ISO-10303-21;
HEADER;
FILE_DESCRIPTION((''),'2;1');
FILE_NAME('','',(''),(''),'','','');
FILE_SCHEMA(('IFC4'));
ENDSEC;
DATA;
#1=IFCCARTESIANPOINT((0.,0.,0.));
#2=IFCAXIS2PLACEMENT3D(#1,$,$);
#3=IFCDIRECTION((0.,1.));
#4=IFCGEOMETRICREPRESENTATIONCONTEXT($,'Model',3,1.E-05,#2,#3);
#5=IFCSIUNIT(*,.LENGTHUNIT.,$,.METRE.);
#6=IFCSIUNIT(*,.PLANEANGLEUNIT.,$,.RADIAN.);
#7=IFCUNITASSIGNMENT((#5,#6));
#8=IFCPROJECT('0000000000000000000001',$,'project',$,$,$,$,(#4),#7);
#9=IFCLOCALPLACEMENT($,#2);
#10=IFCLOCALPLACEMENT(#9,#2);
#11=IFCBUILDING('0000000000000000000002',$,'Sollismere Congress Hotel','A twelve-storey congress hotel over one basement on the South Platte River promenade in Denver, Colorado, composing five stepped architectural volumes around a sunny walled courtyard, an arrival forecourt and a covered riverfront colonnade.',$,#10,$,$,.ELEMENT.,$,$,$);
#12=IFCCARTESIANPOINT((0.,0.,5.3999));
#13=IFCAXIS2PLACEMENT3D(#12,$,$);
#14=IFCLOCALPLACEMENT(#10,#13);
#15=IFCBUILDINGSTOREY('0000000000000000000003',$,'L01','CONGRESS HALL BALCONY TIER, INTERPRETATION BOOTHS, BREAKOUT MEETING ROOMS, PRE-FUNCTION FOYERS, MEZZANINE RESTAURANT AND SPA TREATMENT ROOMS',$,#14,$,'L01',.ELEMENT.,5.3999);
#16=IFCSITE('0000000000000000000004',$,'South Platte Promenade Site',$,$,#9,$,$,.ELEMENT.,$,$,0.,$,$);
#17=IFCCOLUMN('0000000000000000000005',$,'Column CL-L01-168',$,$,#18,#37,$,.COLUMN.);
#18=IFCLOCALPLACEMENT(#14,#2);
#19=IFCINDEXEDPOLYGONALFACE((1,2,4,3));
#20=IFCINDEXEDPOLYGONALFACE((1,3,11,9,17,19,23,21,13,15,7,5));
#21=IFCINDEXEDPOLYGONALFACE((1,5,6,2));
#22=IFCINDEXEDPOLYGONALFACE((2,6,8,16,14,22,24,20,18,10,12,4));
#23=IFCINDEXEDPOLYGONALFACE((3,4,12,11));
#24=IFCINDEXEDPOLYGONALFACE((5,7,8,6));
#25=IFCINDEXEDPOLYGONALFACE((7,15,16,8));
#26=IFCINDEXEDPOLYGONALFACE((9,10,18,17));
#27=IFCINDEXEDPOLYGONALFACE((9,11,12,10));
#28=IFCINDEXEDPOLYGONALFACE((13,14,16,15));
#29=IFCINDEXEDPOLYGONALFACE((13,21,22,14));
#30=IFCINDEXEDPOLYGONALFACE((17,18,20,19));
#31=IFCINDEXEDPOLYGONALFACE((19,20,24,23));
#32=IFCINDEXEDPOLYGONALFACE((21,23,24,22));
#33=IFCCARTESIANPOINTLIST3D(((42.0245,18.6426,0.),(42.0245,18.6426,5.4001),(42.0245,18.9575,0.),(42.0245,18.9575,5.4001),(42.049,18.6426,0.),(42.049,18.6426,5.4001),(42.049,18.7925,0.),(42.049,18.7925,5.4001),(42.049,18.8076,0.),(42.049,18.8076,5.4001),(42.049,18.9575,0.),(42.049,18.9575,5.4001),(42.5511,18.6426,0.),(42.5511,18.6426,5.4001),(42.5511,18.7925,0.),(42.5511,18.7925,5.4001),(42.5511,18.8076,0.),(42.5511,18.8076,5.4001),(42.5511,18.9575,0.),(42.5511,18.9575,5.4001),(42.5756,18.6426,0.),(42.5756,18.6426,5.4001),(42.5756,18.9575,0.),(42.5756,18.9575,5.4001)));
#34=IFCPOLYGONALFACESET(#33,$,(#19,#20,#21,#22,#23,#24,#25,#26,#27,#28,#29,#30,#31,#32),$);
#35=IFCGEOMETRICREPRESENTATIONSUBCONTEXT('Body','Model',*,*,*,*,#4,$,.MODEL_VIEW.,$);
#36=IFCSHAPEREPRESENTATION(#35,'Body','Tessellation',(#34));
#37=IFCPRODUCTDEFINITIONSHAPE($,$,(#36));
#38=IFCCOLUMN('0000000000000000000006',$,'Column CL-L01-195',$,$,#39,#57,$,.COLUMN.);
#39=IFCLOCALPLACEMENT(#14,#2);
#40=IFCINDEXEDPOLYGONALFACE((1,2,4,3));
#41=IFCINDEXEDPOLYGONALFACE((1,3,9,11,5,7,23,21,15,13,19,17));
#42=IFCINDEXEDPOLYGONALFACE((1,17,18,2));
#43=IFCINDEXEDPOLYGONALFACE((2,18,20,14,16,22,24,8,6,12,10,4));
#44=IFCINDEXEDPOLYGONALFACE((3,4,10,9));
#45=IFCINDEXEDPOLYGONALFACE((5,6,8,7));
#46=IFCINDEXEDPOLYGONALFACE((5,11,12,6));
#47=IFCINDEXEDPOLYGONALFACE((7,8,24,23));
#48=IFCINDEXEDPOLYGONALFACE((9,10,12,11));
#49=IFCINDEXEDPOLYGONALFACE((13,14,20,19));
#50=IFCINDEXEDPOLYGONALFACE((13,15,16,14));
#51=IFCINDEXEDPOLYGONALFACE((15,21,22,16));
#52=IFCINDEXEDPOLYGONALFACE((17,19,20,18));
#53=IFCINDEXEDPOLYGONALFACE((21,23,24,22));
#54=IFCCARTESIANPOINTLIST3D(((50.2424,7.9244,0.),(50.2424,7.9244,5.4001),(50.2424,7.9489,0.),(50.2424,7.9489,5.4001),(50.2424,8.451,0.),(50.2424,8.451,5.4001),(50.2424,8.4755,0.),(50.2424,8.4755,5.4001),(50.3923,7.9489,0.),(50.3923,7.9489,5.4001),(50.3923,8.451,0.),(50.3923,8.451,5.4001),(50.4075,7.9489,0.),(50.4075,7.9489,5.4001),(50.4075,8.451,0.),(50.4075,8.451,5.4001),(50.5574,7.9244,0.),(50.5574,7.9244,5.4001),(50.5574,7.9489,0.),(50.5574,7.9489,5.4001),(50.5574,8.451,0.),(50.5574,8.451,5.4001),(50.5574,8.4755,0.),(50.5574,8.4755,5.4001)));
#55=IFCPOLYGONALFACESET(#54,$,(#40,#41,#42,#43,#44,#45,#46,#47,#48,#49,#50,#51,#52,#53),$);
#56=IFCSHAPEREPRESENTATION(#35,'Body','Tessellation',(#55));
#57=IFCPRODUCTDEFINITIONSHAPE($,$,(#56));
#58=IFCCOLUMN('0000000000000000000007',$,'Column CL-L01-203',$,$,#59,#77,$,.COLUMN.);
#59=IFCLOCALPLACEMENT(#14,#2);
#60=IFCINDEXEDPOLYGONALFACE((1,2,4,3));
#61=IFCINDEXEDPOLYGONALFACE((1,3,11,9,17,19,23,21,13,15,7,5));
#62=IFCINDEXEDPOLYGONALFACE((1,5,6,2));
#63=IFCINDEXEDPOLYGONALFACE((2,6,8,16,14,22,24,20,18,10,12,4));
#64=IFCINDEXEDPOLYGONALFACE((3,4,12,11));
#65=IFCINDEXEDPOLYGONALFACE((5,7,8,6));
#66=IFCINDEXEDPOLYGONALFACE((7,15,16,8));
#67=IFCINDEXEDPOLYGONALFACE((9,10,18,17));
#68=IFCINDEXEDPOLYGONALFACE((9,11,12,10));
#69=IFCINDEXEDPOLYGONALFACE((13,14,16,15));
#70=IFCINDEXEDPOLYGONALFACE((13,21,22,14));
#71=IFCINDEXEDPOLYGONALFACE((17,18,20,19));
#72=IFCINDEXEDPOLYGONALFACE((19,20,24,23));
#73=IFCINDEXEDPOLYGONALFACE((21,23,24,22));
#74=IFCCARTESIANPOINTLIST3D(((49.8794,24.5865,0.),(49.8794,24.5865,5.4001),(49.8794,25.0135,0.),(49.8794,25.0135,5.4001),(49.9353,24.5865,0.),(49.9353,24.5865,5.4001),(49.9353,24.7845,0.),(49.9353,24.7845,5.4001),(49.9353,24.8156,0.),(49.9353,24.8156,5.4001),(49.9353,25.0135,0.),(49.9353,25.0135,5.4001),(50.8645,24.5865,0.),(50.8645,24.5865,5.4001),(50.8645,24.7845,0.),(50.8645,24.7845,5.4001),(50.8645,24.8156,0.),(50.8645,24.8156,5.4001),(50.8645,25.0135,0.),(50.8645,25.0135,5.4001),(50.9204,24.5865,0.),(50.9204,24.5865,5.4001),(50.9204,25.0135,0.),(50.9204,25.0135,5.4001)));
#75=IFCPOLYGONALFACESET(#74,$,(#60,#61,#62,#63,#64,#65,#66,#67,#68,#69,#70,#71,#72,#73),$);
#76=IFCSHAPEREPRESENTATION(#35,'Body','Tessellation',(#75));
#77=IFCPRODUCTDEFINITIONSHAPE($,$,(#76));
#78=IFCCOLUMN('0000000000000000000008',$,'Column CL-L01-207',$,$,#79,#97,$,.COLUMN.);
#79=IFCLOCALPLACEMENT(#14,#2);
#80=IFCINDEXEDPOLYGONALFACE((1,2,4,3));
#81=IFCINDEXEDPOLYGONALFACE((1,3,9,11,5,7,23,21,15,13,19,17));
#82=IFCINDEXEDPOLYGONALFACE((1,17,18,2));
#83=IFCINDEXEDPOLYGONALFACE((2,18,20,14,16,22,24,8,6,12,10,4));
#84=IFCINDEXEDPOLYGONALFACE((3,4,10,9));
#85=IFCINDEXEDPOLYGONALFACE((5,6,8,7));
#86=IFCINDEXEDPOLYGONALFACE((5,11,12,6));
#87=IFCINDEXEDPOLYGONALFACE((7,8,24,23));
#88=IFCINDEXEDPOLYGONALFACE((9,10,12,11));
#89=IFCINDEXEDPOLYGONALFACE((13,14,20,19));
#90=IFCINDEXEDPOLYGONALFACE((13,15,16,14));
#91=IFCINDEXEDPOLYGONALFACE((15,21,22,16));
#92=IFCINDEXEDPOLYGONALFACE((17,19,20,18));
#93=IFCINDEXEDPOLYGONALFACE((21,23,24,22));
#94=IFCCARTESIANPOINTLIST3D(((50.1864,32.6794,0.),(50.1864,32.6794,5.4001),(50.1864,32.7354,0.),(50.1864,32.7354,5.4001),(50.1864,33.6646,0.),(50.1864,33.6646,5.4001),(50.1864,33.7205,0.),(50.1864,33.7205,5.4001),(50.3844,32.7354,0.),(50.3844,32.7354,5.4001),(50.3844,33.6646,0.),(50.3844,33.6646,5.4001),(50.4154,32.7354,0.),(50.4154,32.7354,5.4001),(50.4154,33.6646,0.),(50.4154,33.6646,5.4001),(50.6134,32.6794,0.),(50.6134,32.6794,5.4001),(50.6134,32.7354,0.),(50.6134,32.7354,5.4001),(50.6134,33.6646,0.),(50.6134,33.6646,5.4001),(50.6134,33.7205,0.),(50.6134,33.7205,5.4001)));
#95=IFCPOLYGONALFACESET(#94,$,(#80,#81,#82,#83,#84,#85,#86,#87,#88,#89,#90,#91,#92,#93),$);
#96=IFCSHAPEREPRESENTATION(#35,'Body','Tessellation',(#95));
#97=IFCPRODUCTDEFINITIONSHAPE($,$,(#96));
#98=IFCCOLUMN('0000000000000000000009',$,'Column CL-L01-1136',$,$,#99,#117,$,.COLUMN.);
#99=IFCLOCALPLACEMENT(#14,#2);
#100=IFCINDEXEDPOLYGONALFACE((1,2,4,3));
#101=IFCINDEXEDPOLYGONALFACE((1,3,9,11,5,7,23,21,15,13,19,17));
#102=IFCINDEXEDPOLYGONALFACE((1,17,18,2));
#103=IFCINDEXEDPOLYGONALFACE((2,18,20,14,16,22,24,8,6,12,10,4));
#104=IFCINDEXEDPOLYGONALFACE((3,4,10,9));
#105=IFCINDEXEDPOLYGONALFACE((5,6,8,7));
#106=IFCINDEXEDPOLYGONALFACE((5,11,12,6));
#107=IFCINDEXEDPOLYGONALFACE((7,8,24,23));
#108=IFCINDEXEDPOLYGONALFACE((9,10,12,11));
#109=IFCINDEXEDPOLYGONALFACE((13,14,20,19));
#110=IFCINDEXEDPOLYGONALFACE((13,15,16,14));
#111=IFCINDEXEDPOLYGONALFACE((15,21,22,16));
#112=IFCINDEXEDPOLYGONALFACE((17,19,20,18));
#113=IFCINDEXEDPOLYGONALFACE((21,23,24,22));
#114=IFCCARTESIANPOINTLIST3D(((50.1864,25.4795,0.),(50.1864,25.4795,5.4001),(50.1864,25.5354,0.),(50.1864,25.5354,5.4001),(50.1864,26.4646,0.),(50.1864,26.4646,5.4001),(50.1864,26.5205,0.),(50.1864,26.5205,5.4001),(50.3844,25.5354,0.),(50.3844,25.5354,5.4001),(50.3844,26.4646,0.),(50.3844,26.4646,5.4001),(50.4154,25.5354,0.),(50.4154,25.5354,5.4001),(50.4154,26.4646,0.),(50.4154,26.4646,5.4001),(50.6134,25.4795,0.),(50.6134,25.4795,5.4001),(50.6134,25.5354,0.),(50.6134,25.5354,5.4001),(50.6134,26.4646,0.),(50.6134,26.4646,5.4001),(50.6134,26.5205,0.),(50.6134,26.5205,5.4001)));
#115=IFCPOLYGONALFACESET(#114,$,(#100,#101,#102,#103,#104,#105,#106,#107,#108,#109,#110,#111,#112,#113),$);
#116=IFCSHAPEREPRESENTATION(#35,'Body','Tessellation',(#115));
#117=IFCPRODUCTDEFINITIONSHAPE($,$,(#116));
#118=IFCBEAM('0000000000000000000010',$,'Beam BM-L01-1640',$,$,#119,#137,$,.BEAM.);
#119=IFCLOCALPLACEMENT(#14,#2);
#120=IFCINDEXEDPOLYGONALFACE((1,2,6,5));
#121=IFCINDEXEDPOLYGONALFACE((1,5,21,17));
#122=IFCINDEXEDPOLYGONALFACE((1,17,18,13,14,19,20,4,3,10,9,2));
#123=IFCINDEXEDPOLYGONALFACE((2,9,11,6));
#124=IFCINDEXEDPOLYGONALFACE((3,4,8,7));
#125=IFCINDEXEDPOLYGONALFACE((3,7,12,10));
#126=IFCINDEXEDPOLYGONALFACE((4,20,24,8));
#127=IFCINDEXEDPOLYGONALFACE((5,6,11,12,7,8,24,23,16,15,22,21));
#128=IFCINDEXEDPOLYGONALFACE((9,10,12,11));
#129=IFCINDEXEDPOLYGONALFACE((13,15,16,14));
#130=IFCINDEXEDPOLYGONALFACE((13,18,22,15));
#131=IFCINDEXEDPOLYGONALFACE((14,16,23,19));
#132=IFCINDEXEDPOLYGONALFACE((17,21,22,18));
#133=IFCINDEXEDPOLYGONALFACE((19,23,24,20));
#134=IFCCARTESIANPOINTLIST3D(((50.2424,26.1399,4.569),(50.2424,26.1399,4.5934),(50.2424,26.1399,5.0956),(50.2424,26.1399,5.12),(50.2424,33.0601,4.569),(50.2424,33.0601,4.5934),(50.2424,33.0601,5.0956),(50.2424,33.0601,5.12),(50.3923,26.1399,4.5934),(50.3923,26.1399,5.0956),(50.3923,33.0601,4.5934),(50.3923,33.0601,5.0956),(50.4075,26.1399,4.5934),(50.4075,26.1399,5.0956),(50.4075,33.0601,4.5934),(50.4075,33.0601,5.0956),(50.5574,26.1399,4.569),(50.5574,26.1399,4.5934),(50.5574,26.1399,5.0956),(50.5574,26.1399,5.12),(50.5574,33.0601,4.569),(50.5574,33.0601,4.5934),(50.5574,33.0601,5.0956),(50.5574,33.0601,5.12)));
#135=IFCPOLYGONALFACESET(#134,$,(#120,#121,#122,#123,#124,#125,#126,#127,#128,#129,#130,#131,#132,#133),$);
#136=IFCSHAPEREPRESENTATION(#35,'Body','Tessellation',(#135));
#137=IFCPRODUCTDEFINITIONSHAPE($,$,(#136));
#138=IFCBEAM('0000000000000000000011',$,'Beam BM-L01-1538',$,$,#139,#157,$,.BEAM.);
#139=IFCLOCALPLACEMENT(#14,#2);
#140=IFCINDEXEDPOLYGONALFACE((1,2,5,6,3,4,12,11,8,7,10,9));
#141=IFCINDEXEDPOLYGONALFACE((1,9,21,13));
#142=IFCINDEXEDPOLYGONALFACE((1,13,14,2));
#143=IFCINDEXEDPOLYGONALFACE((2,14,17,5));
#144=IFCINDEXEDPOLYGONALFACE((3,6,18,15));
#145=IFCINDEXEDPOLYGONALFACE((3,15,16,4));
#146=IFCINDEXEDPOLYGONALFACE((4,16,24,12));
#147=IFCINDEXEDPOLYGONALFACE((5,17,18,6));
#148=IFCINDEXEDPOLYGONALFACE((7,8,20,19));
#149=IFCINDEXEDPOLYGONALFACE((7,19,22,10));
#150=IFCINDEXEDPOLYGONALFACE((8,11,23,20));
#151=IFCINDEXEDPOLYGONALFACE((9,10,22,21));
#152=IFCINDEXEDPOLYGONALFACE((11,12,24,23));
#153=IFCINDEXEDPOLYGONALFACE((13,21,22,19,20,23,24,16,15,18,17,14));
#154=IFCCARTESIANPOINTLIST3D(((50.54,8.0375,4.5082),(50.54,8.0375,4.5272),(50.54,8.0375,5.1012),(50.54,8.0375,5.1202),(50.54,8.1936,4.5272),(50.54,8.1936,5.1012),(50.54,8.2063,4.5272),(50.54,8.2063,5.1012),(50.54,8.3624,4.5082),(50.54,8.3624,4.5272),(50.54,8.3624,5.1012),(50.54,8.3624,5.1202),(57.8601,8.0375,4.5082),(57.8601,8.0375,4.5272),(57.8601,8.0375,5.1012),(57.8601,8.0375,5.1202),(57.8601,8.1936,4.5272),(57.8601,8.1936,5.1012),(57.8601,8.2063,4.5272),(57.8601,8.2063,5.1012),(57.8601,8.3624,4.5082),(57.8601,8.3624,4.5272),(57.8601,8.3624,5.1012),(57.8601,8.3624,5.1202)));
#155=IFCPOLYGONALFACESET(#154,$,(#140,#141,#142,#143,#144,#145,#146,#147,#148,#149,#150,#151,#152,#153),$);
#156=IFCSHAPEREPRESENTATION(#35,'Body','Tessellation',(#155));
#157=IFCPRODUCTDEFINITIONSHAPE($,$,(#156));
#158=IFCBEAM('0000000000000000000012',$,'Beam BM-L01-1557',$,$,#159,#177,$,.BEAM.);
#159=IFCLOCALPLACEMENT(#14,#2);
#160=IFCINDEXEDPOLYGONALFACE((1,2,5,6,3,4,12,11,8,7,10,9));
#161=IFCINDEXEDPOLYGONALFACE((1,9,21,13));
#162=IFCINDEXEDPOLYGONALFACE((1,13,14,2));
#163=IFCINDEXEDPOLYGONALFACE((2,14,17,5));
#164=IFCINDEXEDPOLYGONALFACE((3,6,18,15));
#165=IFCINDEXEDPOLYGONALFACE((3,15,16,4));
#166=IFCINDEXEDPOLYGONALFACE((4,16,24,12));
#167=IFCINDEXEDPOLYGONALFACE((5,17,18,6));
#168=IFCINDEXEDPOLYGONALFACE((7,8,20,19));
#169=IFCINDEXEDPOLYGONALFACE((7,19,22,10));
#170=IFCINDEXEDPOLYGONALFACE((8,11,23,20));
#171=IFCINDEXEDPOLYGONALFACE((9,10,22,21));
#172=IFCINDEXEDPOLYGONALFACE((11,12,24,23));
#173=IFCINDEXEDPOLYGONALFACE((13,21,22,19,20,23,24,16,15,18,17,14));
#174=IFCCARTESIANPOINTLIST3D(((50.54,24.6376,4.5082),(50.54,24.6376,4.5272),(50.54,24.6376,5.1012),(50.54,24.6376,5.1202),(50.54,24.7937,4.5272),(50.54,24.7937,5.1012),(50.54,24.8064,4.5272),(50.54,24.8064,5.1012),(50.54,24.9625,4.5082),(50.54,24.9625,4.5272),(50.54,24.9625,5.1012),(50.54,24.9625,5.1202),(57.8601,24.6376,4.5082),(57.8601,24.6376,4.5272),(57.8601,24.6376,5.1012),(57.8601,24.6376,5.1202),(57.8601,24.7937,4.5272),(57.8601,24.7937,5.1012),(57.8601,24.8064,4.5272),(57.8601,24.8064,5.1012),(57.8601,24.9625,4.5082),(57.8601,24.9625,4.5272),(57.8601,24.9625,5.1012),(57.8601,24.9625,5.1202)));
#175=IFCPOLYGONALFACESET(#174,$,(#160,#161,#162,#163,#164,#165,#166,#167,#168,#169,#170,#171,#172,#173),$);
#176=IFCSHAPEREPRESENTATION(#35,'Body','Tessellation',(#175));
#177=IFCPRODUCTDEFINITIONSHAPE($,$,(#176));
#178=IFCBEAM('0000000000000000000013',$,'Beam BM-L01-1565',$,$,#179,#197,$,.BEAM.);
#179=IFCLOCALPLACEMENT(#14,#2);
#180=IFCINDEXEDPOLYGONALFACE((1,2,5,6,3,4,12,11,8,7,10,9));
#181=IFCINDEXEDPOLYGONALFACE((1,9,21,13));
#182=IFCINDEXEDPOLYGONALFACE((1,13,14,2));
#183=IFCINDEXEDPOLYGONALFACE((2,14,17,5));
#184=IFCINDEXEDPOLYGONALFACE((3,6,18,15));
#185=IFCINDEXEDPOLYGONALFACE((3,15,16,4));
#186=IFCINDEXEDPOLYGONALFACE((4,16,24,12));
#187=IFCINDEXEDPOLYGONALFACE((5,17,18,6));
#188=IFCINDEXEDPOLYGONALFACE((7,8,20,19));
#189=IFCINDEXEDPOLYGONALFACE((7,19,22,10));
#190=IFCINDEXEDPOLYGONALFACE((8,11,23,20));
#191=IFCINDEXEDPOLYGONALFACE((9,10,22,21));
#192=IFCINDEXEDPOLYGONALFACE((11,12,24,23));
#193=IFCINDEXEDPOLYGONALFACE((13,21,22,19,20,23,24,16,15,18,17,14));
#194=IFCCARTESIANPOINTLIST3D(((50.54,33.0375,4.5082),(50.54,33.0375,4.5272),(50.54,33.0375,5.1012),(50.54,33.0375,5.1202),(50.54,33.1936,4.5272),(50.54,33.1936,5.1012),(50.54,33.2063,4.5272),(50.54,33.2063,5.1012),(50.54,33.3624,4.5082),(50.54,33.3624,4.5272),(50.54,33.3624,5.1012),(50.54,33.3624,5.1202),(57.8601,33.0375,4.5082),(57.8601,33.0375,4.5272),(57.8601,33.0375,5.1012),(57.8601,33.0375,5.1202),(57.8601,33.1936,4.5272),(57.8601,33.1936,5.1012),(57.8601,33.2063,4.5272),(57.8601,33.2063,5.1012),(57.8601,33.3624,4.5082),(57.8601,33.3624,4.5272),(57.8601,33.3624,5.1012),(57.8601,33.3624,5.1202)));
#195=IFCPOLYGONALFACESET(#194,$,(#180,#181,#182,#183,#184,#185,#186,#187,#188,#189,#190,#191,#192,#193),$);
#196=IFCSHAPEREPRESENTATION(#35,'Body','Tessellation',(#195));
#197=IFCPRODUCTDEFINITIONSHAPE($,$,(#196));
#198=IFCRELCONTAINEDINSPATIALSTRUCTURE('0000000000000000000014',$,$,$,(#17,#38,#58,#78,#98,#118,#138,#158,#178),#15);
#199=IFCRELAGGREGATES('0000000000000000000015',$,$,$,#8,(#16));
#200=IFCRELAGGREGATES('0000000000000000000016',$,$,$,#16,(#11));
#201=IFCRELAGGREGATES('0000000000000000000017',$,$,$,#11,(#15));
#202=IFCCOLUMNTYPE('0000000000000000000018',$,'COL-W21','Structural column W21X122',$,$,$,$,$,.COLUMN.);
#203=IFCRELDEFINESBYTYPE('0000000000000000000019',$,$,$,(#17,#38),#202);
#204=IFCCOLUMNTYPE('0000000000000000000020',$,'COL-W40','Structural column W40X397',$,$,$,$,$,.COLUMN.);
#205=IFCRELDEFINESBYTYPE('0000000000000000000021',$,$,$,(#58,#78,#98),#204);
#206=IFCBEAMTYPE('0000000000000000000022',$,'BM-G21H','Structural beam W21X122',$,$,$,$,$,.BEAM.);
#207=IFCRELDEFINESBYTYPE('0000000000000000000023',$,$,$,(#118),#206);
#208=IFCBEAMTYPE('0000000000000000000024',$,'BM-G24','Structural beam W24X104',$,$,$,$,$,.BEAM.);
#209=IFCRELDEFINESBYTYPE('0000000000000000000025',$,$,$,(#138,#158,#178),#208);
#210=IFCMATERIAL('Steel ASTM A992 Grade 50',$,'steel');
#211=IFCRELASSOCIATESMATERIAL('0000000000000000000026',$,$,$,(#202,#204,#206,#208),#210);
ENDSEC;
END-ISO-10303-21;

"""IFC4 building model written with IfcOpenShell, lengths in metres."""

from ifc_helpers import new_model, si_unit, direction, frame, origin, origin_2d, place, context, subcontext, project, spatial, i_section, extrude, material, material_profile, profile_set, type_object, element, save


model = new_model("IFC4")

# Units and contexts
model_context = context("Model", 3, precision=1e-05, world=origin(), true_north=direction((0.0, 1.0)))
body_context = subcontext(model_context, "Body", "Model", "MODEL_VIEW")
ifc_project = project(units=[si_unit("LENGTHUNIT", "METRE"), si_unit("PLANEANGLEUNIT", "RADIAN")], contexts=[model_context])

# Site, building, storey
site_placement = place(None, origin())
site = spatial("IfcSite", under=ifc_project, at=site_placement, Name="South Platte Promenade Site", CompositionType="ELEMENT", RefElevation=0.0)
building_placement = place(site_placement, origin())
building = spatial("IfcBuilding", under=site, at=building_placement, Name="Sollismere Congress Hotel", Description="A twelve-storey congress hotel over one basement on the South Platte River promenade in Denver, Colorado, composing five stepped architectural volumes around a sunny walled courtyard, an arrival forecourt and a covered riverfront colonnade.", CompositionType="ELEMENT")
storey_placement = place(building_placement, frame((0.0, 0.0, 5.3999)))
storey = spatial("IfcBuildingStorey", under=building, at=storey_placement, Name="L01", Description="CONGRESS HALL BALCONY TIER, INTERPRETATION BOOTHS, BREAKOUT MEETING ROOMS, PRE-FUNCTION FOYERS, MEZZANINE RESTAURANT AND SPA TREATMENT ROOMS", LongName="L01", CompositionType="ELEMENT", Elevation=5.3999)

# Columns
ifc_material_1 = material(Name="Steel ASTM A992 Grade 50", Category="steel")
ifc_material_profile_1 = material_profile(ifc_material_1, i_section(OverallWidth=0.3149, OverallDepth=0.551, WebThickness=0.0151, FlangeThickness=0.0244, at=origin_2d()), Name="W21X122")
ifc_profile_set_1 = profile_set([ifc_material_profile_1], Name="Steel ASTM A992 Grade 50")
column_type_1 = type_object("IfcColumnType", Name="COL-W21", Description="Structural column W21X122", PredefinedType="COLUMN", material=ifc_profile_set_1)
for number, where, z_axis, x_axis, name in (
    (1, (42.3, 18.8, 0.0), (0.0, 0.0, 1.0), (0.0, 1.0, 0.0), "Column CL-L01-168"),
    (2, (50.3999, 8.2, 0.0), (0.0, 0.0, 1.0), (1.0, 0.0, 0.0), "Column CL-L01-195"),
):
    element("IfcColumn", number, at=place(storey_placement, frame(where, z_axis=z_axis, x_axis=x_axis)), inside=storey, type_object=column_type_1, Name=name, PredefinedType="COLUMN", context=body_context, shape_type="SweptSolid", body=[
        extrude(i_section(OverallWidth=0.3149, OverallDepth=0.551, WebThickness=0.0151, FlangeThickness=0.0244, at=origin_2d()), origin(), (0.0, 0.0, 1.0), 5.4001),
    ])
ifc_material_profile_2 = material_profile(ifc_material_1, i_section(OverallWidth=0.427, OverallDepth=1.041, WebThickness=0.031, FlangeThickness=0.0559, at=origin_2d()), Name="W40X397")
ifc_profile_set_2 = profile_set([ifc_material_profile_2], Name="Steel ASTM A992 Grade 50")
column_type_2 = type_object("IfcColumnType", Name="COL-W40", Description="Structural column W40X397", PredefinedType="COLUMN", material=ifc_profile_set_2)
for number, where, z_axis, x_axis, name in (
    (3, (50.3999, 24.8, 0.0), (0.0, 0.0, 1.0), (0.0, 1.0, 0.0), "Column CL-L01-203"),
    (4, (50.3999, 33.2, 0.0), (0.0, 0.0, 1.0), (1.0, 0.0, 0.0), "Column CL-L01-207"),
    (5, (50.3999, 26.0, 0.0), (0.0, 0.0, 1.0), (1.0, 0.0, 0.0), "Column CL-L01-1136"),
):
    element("IfcColumn", number, at=place(storey_placement, frame(where, z_axis=z_axis, x_axis=x_axis)), inside=storey, type_object=column_type_2, Name=name, PredefinedType="COLUMN", context=body_context, shape_type="SweptSolid", body=[
        extrude(i_section(OverallWidth=0.427, OverallDepth=1.041, WebThickness=0.031, FlangeThickness=0.0559, at=origin_2d()), origin(), (0.0, 0.0, 1.0), 5.4001),
    ])

# Beams
ifc_material_profile_3 = material_profile(ifc_material_1, i_section(OverallWidth=0.3149, OverallDepth=0.551, WebThickness=0.0151, FlangeThickness=0.0244, at=origin_2d()), Name="W21X122")
ifc_profile_set_3 = profile_set([ifc_material_profile_3], Name="Steel ASTM A992 Grade 50")
beam_type_1 = type_object("IfcBeamType", Name="BM-G21H", Description="Structural beam W21X122", PredefinedType="BEAM", material=ifc_profile_set_3)
beam_1_placement = place(storey_placement, frame((50.3999, 26.1399, 4.8445), z_axis=(0.0, 1.0, 0.0), x_axis=(-1.0, 0.0, 0.0)))
element("IfcBeam", 6, at=beam_1_placement, inside=storey, type_object=beam_type_1, Name="Beam BM-L01-1640", PredefinedType="BEAM", context=body_context, shape_type="SweptSolid", body=[
    extrude(i_section(OverallWidth=0.3149, OverallDepth=0.551, WebThickness=0.0151, FlangeThickness=0.0244, at=origin_2d()), origin(), (0.0, 0.0, 1.0), 6.9202),
])
ifc_material_profile_4 = material_profile(ifc_material_1, i_section(OverallWidth=0.325, OverallDepth=0.6121, WebThickness=0.0127, FlangeThickness=0.019, at=origin_2d()), Name="W24X104")
ifc_profile_set_4 = profile_set([ifc_material_profile_4], Name="Steel ASTM A992 Grade 50")
beam_type_2 = type_object("IfcBeamType", Name="BM-G24", Description="Structural beam W24X104", PredefinedType="BEAM", material=ifc_profile_set_4)
for number, where, z_axis, x_axis, name in (
    (7, (50.54, 8.2, 4.8142), (1.0, 0.0, 0.0), (0.0, 1.0, 0.0), "Beam BM-L01-1538"),
    (8, (50.54, 24.8, 4.8142), (1.0, 0.0, 0.0), (0.0, 1.0, 0.0), "Beam BM-L01-1557"),
    (9, (50.54, 33.2, 4.8142), (1.0, 0.0, 0.0), (0.0, 1.0, 0.0), "Beam BM-L01-1565"),
):
    element("IfcBeam", number, at=place(storey_placement, frame(where, z_axis=z_axis, x_axis=x_axis)), inside=storey, type_object=beam_type_2, Name=name, PredefinedType="BEAM", context=body_context, shape_type="SweptSolid", body=[
        extrude(i_section(OverallWidth=0.325, OverallDepth=0.6121, WebThickness=0.0127, FlangeThickness=0.019, at=origin_2d()), origin(), (0.0, 0.0, 1.0), 7.3201),
    ])

save(model, "model.ifc")
